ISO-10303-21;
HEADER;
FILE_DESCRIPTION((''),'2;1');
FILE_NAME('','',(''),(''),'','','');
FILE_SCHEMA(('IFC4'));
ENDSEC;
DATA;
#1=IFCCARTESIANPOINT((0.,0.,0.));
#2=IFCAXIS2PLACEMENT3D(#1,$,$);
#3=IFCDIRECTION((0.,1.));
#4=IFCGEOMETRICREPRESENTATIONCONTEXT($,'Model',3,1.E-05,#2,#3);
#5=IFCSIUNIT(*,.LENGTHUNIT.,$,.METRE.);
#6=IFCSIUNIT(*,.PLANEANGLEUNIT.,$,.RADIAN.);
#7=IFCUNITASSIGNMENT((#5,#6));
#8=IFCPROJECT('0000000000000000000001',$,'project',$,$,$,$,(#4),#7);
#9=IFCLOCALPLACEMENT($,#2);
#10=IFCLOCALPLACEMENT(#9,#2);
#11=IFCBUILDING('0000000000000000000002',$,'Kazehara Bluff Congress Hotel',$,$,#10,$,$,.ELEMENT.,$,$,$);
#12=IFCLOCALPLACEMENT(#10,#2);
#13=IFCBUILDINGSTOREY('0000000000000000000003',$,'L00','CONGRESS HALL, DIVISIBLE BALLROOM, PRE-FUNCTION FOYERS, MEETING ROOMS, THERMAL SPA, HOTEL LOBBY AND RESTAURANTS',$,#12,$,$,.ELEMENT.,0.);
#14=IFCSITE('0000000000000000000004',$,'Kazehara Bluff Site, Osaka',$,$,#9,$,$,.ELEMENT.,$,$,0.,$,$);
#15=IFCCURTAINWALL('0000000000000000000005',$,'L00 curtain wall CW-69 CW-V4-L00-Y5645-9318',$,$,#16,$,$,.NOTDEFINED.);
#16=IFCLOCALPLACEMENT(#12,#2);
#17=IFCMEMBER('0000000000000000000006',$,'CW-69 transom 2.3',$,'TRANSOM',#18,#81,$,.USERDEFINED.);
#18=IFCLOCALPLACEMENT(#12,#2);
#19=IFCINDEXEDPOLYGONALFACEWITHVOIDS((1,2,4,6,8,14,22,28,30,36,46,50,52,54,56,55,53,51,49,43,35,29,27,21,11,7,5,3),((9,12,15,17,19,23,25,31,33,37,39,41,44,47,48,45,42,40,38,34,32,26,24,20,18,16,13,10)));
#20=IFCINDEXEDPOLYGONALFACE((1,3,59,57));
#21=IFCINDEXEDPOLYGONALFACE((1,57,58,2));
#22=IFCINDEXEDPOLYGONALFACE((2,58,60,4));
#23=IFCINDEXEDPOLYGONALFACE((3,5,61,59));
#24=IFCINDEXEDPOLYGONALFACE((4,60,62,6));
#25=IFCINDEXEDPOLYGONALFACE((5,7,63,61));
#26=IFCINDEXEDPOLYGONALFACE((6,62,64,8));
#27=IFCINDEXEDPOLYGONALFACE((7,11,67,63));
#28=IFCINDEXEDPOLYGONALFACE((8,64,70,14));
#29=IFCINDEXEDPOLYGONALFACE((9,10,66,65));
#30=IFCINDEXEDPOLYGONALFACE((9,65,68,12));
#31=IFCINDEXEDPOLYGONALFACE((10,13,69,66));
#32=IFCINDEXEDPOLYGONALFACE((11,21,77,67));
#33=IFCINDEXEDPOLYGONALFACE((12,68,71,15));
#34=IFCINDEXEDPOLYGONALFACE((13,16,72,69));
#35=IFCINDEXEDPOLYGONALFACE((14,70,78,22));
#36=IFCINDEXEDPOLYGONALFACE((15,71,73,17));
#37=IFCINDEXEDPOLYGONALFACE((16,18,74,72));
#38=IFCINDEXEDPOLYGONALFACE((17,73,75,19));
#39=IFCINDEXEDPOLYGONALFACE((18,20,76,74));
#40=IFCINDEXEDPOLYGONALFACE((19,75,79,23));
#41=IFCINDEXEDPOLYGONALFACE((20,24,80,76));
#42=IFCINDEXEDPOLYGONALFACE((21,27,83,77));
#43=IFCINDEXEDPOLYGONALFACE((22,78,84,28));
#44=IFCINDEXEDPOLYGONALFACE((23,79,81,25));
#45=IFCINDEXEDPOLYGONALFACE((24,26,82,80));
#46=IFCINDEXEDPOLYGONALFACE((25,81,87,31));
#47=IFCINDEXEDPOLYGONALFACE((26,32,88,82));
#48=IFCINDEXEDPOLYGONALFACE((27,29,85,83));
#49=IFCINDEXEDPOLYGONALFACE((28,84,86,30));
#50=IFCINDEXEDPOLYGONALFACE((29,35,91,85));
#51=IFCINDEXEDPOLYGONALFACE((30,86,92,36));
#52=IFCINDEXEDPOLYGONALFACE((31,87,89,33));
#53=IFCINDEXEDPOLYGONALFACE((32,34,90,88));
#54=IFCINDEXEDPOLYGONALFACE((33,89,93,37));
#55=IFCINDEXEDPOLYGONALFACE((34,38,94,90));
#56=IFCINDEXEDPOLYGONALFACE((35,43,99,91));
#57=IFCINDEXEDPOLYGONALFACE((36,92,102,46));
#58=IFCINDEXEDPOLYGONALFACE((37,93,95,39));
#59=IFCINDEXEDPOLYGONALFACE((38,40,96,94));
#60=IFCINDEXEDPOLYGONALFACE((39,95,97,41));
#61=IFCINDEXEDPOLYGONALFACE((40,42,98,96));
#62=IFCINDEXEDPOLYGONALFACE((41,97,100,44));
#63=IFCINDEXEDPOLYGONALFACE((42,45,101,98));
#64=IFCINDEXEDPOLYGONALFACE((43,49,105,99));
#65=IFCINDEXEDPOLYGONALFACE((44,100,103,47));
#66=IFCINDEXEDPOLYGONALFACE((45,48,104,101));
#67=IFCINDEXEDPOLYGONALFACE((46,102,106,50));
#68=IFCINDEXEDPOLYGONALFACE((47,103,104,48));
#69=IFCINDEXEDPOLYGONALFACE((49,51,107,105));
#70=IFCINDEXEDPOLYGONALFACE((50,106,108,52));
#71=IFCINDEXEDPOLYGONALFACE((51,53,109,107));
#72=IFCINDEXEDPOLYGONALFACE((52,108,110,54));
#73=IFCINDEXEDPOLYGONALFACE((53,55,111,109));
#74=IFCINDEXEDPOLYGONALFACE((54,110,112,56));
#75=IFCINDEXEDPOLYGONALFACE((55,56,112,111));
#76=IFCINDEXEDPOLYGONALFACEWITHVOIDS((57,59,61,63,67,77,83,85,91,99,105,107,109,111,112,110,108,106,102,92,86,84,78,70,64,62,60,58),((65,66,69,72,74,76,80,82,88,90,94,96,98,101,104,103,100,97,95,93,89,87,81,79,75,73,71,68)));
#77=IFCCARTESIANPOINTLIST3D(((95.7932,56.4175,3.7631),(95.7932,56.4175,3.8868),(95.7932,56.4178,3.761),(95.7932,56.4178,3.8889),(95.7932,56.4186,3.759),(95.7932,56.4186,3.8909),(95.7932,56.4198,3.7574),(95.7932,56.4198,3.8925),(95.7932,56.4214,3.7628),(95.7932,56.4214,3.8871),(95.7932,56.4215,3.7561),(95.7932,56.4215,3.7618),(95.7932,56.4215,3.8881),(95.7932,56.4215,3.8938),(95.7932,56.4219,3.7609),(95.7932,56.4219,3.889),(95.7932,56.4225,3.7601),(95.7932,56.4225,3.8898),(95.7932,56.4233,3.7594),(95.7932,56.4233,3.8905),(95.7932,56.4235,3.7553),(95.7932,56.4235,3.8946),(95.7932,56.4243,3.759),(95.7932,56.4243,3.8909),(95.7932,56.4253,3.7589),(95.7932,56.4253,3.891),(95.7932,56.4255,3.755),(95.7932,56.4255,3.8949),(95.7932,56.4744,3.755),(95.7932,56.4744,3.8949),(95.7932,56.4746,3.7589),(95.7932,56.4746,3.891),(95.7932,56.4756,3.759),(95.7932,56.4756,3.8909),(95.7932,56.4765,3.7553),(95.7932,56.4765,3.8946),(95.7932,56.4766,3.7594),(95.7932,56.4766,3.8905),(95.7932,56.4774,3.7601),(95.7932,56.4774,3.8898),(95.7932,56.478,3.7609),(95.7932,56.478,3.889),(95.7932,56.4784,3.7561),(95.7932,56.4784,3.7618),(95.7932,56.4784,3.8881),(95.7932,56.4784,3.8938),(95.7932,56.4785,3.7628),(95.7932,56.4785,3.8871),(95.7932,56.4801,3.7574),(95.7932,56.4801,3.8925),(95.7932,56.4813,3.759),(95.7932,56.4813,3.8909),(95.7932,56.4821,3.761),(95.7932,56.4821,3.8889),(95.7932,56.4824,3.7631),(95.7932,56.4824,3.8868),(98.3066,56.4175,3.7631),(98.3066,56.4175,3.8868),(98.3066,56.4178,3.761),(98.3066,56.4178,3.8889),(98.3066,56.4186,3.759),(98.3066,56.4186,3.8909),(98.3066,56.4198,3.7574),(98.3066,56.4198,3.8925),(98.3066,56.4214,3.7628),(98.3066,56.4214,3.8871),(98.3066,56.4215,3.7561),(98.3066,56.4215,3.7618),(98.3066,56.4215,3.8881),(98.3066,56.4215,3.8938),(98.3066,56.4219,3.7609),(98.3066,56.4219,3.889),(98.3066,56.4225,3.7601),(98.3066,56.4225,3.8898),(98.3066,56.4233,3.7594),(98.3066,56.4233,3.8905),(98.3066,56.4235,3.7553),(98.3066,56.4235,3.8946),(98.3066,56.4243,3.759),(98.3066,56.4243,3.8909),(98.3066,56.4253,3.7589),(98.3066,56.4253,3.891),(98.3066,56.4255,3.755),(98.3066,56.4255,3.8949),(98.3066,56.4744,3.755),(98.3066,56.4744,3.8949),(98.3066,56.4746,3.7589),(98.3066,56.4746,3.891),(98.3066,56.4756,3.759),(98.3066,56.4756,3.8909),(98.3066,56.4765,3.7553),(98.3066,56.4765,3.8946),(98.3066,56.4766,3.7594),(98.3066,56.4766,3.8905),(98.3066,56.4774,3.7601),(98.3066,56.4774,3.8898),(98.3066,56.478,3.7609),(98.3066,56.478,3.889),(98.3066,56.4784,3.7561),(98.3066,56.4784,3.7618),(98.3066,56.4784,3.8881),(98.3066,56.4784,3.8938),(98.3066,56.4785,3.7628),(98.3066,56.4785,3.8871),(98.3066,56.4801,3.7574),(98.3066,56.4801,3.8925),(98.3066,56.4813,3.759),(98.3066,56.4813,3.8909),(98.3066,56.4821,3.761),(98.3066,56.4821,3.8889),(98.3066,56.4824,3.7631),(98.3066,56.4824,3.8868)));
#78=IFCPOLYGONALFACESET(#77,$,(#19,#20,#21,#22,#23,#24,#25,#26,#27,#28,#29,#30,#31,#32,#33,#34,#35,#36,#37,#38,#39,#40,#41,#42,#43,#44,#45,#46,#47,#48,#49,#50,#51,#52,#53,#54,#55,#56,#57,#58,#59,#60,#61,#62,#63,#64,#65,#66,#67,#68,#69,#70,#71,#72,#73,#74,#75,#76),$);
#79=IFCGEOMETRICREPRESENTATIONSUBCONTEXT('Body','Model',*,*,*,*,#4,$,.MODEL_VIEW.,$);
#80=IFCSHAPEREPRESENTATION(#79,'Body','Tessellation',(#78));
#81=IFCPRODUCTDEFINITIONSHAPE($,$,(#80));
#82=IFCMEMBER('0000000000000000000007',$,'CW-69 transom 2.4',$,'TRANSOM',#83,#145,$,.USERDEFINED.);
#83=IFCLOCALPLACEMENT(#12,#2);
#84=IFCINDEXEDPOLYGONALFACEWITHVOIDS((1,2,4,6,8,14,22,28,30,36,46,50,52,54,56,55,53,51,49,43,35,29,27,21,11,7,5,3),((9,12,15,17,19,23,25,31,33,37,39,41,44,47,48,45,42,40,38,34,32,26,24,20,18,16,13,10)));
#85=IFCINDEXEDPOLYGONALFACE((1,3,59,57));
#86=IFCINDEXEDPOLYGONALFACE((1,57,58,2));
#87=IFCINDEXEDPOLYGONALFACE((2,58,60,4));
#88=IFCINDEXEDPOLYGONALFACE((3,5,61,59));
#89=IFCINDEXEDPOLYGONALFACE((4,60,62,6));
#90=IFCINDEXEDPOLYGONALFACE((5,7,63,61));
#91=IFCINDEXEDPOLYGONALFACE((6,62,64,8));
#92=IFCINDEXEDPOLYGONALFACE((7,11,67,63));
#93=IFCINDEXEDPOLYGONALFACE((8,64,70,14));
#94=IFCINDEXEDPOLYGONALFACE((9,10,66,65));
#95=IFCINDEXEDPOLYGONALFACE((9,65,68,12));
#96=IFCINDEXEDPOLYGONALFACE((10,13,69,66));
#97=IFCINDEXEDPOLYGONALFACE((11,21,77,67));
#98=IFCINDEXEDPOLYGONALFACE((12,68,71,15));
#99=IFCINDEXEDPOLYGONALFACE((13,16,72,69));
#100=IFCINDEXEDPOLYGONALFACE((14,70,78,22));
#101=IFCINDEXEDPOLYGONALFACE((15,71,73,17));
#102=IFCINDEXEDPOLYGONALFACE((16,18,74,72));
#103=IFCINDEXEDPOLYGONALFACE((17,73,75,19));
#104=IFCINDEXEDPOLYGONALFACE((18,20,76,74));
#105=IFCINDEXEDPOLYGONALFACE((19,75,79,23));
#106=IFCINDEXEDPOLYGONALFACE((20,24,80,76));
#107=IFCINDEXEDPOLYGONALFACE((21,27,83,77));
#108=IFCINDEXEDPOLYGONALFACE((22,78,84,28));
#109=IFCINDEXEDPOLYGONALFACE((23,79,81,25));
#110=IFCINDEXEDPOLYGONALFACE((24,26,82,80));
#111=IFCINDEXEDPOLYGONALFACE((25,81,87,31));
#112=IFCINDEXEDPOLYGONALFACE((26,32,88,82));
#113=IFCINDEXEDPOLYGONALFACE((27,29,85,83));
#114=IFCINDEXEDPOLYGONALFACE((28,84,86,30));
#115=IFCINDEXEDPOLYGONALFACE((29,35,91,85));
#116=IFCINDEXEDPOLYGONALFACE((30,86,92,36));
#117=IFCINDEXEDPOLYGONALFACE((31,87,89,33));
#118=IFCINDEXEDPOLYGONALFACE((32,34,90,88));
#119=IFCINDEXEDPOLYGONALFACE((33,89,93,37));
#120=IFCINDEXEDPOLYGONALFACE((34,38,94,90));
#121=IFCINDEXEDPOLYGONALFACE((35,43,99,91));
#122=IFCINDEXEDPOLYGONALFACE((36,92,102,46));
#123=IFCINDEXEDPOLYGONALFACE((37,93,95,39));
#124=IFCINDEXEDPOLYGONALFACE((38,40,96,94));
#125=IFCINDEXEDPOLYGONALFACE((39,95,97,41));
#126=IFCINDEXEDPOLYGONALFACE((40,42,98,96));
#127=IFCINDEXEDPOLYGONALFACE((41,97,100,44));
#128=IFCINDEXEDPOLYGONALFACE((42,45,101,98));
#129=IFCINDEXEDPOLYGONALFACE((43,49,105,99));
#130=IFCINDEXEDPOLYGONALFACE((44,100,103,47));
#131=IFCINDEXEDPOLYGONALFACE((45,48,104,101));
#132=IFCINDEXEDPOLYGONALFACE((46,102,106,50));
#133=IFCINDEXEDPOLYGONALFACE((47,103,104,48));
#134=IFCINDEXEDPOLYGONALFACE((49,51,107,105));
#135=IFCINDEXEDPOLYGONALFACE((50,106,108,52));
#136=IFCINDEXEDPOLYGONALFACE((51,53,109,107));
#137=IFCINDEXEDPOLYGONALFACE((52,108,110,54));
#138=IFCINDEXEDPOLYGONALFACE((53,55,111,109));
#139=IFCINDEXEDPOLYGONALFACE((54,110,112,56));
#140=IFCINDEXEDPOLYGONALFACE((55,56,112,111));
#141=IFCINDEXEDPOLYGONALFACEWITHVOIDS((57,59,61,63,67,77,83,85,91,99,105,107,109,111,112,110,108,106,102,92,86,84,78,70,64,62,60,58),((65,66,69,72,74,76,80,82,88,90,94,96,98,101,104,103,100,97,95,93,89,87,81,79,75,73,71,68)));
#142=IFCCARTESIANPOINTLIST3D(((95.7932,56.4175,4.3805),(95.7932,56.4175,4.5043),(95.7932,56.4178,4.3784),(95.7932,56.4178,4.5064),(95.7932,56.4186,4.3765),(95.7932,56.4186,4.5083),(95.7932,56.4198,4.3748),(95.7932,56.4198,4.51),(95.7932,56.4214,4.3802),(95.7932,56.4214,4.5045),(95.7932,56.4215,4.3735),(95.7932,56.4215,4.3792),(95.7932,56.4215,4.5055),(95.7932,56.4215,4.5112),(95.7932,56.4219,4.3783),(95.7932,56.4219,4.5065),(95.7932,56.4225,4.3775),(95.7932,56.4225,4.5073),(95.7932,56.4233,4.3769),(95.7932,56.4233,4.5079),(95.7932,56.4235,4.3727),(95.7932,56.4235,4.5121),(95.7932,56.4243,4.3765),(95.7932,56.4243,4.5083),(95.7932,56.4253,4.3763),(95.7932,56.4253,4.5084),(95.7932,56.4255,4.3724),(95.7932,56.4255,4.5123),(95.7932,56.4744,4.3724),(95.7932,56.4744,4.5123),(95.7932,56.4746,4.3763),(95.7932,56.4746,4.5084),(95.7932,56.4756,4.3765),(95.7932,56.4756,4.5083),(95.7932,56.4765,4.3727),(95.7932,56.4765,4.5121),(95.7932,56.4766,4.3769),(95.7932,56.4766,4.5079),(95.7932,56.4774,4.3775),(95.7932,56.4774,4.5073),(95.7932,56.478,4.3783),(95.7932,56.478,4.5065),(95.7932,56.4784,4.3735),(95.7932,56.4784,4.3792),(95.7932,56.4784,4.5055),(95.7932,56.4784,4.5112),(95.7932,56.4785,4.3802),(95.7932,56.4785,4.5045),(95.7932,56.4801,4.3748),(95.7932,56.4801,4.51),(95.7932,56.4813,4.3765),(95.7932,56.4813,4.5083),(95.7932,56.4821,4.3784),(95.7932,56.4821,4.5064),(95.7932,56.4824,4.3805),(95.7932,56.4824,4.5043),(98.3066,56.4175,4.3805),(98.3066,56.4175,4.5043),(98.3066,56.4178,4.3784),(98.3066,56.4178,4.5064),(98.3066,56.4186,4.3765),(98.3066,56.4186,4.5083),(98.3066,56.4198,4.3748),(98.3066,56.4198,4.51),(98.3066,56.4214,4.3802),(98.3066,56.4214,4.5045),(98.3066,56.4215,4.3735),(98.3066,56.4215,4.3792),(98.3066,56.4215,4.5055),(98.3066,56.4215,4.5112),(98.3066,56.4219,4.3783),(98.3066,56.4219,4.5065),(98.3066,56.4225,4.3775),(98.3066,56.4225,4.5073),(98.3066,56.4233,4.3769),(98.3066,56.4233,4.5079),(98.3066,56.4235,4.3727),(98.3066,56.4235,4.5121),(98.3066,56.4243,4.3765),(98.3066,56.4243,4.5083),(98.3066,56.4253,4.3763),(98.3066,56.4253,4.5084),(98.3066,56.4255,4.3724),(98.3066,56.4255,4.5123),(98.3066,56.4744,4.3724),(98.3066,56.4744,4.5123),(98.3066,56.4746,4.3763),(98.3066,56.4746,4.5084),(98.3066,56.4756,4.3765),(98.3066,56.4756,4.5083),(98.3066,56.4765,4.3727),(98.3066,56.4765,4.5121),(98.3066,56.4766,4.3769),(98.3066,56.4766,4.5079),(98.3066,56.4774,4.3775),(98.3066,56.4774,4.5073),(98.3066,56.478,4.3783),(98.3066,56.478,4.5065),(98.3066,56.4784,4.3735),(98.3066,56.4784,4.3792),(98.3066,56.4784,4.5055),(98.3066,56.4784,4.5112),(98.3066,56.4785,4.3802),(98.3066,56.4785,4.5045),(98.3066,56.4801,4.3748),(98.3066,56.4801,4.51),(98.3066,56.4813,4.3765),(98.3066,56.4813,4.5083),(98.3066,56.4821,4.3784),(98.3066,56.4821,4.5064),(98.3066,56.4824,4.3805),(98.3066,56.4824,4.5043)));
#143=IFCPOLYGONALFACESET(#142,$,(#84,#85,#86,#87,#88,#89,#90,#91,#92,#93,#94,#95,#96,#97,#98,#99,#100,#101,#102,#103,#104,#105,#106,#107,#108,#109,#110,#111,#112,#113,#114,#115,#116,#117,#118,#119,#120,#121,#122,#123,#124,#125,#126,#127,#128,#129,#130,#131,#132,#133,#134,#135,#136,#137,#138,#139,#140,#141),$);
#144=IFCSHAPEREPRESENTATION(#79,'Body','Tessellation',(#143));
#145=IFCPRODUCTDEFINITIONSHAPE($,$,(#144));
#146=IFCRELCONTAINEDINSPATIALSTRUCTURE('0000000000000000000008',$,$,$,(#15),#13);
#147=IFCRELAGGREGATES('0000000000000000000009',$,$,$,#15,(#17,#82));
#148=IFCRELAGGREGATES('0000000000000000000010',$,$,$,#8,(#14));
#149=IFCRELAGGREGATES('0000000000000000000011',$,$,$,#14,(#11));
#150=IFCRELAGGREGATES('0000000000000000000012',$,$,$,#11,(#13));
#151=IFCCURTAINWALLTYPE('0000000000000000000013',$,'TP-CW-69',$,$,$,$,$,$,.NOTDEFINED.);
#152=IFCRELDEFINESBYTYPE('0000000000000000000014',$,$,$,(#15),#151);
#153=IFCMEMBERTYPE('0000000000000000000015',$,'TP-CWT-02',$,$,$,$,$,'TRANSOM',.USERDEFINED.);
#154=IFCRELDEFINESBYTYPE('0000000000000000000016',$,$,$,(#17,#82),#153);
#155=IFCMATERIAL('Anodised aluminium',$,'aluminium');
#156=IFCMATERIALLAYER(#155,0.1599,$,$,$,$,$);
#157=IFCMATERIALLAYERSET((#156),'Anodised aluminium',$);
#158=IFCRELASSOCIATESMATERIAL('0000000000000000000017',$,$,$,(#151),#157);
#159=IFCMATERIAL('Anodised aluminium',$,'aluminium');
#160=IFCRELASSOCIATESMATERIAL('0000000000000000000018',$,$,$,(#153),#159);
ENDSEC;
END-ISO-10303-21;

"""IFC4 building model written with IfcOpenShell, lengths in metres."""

from ifc_helpers import new_model, si_unit, direction, frame, origin, origin_2d, place, context, subcontext, project, spatial, hollow_rectangle, extrude, material, layer, layer_set, material_profile, profile_set, type_object, element, aggregate, save


model = new_model("IFC4")

# Units and contexts
model_context = context("Model", 3, precision=1e-05, world=origin(), true_north=direction((0.0, 1.0)))
body_context = subcontext(model_context, "Body", "Model", "MODEL_VIEW")
ifc_project = project(units=[si_unit("LENGTHUNIT", "METRE"), si_unit("PLANEANGLEUNIT", "RADIAN")], contexts=[model_context])

# Site, building, storey
site_placement = place(None, origin())
site = spatial("IfcSite", under=ifc_project, at=site_placement, Name="Kazehara Bluff Site, Osaka", CompositionType="ELEMENT", RefElevation=0.0)
building_placement = place(site_placement, origin())
building = spatial("IfcBuilding", under=site, at=building_placement, Name="Kazehara Bluff Congress Hotel", CompositionType="ELEMENT")
storey_placement = place(building_placement, origin())
storey = spatial("IfcBuildingStorey", under=building, at=storey_placement, Name="L00", Description="CONGRESS HALL, DIVISIBLE BALLROOM, PRE-FUNCTION FOYERS, MEETING ROOMS, THERMAL SPA, HOTEL LOBBY AND RESTAURANTS", CompositionType="ELEMENT", Elevation=0.0)

# Curtain wall, members
ifc_material_1 = material(Name="Anodised aluminium", Category="aluminium")
ifc_layer_1 = layer(ifc_material_1, 0.1599)
ifc_layer_set_1 = layer_set([ifc_layer_1], Name="Anodised aluminium")
curtain_wall_type = type_object("IfcCurtainWallType", Name="TP-CW-69", PredefinedType="NOTDEFINED", material=ifc_layer_set_1)
curtain_wall_placement = place(storey_placement, origin())
curtain_wall = element("IfcCurtainWall", 1, at=curtain_wall_placement, inside=storey, type_object=curtain_wall_type, Name="L00 curtain wall CW-69 CW-V4-L00-Y5645-9318", PredefinedType="NOTDEFINED")
ifc_material_2 = material(Name="Anodised aluminium", Category="aluminium")
ifc_material_profile_1 = material_profile(ifc_material_2, hollow_rectangle(XDim=0.0649, YDim=0.1399, WallThickness=0.0039, InnerFilletRadius=0.0039, OuterFilletRadius=0.0081, at=origin_2d()))
ifc_profile_set_1 = profile_set([ifc_material_profile_1], Name="Anodised aluminium")
member_type_1 = type_object("IfcMemberType", Name="TP-CWT-02", ElementType="TRANSOM", PredefinedType="USERDEFINED", material=ifc_profile_set_1)
member_1_placement = place(storey_placement, frame((95.7932, 56.45, 3.825), z_axis=(1.0, 0.0, 0.0), x_axis=(0.0, 1.0, 0.0)))
member_1 = element("IfcMember", 2, at=member_1_placement, type_object=member_type_1, Name="CW-69 transom 2.3", ObjectType="TRANSOM", PredefinedType="USERDEFINED", context=body_context, shape_type="SweptSolid", body=[
    extrude(hollow_rectangle(XDim=0.0649, YDim=0.1399, WallThickness=0.0039, InnerFilletRadius=0.0039, OuterFilletRadius=0.0081, at=origin_2d()), origin(), (0.0, 0.0, 1.0), 2.5134),
])
member_2_placement = place(storey_placement, frame((95.7932, 56.45, 4.4424), z_axis=(1.0, 0.0, 0.0), x_axis=(0.0, 1.0, 0.0)))
member_2 = element("IfcMember", 3, at=member_2_placement, type_object=member_type_1, Name="CW-69 transom 2.4", ObjectType="TRANSOM", PredefinedType="USERDEFINED", context=body_context, shape_type="SweptSolid", body=[
    extrude(hollow_rectangle(XDim=0.0649, YDim=0.1399, WallThickness=0.0039, InnerFilletRadius=0.0039, OuterFilletRadius=0.0081, at=origin_2d()), origin(), (0.0, 0.0, 1.0), 2.5134),
])
aggregate(curtain_wall, [member_1, member_2])

save(model, "model.ifc")
